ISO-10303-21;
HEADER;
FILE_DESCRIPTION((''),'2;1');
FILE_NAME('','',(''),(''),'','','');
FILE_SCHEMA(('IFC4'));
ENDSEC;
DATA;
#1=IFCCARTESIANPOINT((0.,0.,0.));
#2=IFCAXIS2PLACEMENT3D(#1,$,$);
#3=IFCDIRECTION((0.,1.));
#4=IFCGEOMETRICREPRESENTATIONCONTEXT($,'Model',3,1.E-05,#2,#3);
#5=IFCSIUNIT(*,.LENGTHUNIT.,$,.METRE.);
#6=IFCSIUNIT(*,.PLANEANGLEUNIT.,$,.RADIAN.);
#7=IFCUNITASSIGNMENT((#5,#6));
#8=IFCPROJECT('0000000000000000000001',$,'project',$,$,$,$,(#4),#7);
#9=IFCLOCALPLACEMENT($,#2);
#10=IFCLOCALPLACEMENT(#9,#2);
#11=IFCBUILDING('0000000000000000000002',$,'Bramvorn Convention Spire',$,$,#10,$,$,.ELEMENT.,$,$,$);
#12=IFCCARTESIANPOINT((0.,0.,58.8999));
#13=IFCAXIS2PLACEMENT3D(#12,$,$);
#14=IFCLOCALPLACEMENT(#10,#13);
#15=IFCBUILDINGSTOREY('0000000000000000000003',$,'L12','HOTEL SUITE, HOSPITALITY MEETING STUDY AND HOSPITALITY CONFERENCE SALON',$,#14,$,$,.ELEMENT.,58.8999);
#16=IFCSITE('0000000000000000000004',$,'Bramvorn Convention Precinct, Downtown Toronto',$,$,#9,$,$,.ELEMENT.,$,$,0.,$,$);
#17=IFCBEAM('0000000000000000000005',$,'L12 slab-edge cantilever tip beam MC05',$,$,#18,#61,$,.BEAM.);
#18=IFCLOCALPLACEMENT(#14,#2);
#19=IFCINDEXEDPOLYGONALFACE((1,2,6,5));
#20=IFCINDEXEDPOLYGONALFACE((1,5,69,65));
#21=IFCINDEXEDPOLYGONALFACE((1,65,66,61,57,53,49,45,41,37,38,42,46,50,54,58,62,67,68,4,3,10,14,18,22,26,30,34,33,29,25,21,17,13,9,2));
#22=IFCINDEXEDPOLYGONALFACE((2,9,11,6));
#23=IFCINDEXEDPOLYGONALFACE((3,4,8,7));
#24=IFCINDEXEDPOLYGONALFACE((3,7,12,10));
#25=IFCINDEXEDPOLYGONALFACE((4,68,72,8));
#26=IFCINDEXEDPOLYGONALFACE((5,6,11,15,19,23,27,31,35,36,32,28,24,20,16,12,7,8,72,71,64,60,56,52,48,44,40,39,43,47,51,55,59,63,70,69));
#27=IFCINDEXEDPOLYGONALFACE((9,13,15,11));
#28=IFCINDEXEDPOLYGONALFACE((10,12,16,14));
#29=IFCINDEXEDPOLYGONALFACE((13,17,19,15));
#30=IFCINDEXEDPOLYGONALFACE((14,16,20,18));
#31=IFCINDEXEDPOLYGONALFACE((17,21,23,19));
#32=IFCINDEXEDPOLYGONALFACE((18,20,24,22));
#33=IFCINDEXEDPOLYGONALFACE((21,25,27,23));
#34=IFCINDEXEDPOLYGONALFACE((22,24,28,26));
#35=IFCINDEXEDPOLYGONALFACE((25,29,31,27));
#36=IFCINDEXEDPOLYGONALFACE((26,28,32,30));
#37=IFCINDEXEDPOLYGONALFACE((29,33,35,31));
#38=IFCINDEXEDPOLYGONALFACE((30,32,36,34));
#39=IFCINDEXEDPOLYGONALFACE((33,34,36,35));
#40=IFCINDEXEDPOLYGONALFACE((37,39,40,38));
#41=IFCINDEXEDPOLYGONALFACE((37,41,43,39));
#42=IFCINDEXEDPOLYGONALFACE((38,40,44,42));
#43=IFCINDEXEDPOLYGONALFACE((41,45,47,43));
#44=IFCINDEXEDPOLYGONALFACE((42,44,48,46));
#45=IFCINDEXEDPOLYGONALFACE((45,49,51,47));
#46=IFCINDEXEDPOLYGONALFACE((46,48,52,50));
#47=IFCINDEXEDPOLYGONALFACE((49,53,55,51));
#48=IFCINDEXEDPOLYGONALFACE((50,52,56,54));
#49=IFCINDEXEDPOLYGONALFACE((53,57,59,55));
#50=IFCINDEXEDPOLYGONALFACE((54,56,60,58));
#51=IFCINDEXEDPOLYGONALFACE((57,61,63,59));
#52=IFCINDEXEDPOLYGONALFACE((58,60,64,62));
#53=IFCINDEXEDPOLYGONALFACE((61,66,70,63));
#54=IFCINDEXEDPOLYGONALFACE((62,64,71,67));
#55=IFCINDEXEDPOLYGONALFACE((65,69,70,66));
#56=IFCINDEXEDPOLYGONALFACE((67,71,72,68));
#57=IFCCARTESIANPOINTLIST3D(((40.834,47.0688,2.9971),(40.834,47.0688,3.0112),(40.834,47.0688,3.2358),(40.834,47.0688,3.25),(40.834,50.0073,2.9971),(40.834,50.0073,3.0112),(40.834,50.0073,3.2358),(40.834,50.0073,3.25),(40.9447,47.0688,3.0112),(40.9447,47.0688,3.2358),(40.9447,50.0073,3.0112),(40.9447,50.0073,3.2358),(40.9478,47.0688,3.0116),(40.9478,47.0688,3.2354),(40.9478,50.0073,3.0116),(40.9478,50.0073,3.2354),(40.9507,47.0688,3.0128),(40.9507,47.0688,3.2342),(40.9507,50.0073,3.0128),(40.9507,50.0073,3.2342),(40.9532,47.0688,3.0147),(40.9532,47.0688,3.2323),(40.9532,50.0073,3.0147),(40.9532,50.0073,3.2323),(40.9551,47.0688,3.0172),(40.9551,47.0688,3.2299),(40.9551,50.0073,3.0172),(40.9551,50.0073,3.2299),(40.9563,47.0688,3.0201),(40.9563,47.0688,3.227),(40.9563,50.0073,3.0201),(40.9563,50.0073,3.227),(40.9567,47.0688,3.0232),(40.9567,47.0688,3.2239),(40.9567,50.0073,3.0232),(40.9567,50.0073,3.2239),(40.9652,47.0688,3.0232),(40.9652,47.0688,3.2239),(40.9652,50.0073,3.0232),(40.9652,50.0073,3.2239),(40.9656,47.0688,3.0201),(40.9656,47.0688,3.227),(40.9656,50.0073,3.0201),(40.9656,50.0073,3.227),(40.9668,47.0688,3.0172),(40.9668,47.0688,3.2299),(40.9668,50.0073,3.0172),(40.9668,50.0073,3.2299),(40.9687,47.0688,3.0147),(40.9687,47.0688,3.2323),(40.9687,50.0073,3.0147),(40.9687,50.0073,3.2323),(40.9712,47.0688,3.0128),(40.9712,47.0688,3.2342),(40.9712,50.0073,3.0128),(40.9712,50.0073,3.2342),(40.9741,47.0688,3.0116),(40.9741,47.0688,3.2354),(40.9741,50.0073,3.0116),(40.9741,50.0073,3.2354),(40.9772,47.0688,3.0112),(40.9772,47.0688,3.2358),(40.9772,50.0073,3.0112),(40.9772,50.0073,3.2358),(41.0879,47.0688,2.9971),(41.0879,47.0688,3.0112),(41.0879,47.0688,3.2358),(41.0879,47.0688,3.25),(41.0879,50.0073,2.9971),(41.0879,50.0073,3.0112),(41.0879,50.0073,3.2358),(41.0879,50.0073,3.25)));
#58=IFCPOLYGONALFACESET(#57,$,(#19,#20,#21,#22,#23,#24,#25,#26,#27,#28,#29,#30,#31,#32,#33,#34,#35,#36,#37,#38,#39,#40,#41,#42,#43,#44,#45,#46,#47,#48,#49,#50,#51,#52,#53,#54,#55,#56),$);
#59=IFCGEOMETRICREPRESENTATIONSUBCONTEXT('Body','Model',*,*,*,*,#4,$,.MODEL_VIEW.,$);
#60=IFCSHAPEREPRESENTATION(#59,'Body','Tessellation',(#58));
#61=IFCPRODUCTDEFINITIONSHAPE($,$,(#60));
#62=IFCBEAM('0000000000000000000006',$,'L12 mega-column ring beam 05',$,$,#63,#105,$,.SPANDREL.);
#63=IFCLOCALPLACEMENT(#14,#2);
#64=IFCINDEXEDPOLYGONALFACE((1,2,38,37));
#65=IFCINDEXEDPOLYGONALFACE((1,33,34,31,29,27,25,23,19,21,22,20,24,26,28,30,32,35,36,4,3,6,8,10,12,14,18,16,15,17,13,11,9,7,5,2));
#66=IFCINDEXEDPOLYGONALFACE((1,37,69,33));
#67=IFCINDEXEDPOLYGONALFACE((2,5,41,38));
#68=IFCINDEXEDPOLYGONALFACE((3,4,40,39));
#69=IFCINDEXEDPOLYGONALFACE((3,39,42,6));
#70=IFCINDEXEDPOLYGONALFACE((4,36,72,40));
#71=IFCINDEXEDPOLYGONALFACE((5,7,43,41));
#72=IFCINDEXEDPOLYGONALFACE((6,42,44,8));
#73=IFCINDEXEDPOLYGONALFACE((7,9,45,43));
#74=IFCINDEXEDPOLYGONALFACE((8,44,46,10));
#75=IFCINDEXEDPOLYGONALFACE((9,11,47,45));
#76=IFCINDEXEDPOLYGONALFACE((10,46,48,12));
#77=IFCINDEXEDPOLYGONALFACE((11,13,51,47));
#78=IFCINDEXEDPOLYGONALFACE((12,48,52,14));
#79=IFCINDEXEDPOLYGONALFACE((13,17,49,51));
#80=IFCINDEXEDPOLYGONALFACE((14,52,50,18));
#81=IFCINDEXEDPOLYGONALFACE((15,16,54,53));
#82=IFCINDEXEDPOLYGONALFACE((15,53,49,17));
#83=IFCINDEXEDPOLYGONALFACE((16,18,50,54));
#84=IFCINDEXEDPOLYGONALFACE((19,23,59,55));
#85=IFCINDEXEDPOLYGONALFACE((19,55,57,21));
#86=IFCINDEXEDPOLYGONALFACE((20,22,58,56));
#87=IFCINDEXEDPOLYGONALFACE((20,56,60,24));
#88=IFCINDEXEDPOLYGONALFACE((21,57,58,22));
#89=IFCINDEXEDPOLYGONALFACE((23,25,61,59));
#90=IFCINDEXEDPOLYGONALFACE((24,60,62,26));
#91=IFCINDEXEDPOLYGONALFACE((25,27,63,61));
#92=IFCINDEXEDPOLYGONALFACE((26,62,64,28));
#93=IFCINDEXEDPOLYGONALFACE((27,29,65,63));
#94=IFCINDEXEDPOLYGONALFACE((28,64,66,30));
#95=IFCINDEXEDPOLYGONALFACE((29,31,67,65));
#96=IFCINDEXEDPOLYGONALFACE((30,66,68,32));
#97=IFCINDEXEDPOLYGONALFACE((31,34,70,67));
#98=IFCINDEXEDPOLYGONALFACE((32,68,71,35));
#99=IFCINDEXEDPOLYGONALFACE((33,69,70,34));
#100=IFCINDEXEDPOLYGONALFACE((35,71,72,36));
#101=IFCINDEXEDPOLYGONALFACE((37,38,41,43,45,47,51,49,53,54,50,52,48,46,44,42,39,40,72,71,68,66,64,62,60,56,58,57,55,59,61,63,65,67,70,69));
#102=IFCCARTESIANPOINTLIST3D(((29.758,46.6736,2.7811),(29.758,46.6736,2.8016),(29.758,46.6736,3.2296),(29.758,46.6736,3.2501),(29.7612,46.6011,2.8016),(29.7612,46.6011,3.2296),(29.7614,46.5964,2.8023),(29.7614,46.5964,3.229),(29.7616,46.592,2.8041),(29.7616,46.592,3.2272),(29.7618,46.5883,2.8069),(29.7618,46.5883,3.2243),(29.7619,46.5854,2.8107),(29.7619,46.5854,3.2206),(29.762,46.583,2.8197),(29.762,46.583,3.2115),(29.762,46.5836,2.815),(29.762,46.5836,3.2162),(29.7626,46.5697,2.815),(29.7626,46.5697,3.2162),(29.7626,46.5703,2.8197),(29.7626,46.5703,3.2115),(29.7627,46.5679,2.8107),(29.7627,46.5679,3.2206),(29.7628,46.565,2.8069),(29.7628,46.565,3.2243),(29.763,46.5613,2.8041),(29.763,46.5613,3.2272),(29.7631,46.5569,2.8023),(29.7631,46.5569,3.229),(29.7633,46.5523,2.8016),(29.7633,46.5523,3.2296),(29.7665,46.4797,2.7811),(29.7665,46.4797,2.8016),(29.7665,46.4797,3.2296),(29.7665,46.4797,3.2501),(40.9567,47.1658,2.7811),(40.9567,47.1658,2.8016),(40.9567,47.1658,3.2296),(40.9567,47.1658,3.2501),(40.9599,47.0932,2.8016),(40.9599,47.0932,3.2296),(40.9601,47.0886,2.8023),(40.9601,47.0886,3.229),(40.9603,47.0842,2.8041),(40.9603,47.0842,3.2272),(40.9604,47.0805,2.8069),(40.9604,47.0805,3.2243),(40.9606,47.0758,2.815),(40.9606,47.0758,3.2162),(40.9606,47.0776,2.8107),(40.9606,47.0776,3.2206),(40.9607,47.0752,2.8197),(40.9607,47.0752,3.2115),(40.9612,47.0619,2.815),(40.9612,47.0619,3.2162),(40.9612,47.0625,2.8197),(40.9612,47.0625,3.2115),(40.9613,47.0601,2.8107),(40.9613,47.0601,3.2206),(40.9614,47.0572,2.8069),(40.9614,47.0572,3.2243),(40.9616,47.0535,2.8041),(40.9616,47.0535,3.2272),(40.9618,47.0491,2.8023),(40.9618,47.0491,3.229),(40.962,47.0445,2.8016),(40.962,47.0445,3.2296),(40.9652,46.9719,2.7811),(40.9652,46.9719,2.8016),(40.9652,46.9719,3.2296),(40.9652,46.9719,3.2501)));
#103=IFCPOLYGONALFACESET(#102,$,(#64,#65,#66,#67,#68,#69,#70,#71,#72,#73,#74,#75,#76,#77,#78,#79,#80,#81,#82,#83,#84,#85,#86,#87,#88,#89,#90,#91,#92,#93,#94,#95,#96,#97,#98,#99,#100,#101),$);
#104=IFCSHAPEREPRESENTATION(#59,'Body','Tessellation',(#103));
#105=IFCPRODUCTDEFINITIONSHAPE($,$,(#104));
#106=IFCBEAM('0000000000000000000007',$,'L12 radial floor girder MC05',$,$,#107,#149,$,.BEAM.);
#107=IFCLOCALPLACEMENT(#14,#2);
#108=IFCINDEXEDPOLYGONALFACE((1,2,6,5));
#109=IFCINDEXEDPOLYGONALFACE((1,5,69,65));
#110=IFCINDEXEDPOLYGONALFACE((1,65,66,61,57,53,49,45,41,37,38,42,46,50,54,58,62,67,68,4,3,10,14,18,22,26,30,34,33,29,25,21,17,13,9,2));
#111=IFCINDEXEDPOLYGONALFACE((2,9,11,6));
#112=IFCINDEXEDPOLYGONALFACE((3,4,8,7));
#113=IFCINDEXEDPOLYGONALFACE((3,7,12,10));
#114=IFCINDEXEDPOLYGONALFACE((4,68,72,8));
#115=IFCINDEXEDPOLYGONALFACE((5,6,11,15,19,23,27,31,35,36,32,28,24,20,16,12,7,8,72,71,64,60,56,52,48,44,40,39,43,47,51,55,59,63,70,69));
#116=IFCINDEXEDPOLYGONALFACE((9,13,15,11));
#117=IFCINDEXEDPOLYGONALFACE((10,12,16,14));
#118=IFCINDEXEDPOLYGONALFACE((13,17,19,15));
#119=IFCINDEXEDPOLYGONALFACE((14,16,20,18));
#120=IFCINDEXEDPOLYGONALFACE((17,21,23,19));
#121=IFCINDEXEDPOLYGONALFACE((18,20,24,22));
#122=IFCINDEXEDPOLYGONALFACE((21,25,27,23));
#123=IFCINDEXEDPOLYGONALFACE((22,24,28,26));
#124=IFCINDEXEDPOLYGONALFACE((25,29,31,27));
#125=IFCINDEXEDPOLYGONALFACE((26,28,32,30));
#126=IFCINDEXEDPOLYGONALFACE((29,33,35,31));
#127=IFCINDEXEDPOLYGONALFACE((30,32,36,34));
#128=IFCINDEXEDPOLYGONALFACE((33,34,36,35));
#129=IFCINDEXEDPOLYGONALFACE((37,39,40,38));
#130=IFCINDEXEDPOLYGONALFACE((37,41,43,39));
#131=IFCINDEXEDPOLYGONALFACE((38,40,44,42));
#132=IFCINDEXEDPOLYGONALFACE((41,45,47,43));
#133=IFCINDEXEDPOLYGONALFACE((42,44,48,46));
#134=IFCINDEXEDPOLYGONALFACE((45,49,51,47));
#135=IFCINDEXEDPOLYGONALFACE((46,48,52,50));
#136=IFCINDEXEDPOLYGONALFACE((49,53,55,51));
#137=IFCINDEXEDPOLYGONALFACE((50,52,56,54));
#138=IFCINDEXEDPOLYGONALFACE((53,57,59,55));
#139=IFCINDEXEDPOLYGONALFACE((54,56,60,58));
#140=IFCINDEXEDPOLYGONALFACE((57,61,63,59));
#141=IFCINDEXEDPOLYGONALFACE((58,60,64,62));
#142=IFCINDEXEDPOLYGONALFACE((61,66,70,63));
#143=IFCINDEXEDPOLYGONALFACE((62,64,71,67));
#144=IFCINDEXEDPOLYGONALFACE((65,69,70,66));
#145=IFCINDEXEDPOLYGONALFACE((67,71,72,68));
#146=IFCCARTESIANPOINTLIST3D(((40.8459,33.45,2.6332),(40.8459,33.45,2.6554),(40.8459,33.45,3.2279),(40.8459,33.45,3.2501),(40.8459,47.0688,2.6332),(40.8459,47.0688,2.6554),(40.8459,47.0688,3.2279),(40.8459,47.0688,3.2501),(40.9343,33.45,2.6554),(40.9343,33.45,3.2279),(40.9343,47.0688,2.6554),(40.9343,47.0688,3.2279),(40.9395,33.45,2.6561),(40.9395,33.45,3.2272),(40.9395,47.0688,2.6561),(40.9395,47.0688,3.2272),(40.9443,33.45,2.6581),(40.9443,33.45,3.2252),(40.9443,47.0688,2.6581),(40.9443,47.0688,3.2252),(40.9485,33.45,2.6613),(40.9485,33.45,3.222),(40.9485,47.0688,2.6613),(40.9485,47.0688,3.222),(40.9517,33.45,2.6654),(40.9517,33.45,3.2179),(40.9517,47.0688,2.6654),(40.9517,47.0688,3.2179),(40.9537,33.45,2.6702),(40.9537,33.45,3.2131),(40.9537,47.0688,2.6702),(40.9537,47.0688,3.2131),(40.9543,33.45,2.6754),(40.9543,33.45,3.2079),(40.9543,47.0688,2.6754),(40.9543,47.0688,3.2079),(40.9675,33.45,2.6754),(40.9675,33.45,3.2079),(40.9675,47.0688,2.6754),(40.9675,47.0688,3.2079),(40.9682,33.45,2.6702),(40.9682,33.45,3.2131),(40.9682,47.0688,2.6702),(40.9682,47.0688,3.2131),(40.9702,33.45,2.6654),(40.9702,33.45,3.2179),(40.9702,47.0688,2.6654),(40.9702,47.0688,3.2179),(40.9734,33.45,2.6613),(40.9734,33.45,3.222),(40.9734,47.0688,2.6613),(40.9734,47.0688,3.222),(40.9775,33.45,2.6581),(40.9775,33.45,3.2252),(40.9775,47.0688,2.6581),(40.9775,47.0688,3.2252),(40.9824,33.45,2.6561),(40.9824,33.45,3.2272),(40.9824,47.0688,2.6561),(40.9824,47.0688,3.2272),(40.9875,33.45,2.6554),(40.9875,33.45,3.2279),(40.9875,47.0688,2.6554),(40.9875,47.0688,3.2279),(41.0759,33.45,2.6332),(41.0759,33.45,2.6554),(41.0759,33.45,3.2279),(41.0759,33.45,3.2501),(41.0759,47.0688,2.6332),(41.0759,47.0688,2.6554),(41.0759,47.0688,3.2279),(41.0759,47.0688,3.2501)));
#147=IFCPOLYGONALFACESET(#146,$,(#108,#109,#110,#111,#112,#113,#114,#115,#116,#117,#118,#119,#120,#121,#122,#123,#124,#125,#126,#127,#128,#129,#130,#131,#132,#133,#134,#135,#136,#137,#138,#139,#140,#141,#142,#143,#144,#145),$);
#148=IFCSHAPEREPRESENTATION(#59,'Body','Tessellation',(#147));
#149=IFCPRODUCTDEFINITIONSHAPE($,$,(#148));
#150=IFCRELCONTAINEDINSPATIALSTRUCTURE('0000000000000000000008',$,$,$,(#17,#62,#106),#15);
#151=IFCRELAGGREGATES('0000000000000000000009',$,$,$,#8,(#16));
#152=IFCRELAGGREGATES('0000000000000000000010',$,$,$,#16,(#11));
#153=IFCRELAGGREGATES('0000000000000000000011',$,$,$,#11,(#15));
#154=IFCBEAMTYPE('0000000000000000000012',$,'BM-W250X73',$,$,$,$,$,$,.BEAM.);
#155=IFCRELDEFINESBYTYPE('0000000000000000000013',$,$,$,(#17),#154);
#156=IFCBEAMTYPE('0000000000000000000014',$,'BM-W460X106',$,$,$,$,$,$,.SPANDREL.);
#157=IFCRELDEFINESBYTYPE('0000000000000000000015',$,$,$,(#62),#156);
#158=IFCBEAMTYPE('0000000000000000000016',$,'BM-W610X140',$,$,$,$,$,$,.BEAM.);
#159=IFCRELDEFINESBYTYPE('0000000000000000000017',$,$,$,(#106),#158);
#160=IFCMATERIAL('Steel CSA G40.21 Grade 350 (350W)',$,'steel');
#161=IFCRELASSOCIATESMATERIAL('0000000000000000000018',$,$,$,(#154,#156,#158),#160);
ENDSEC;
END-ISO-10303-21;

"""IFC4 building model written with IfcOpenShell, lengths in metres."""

from ifc_helpers import new_model, si_unit, direction, frame, origin, origin_2d, place, context, subcontext, project, spatial, i_section, extrude, material, material_profile, profile_set, type_object, element, save


model = new_model("IFC4")

# Units and contexts
model_context = context("Model", 3, precision=1e-05, world=origin(), true_north=direction((0.0, 1.0)))
body_context = subcontext(model_context, "Body", "Model", "MODEL_VIEW")
ifc_project = project(units=[si_unit("LENGTHUNIT", "METRE"), si_unit("PLANEANGLEUNIT", "RADIAN")], contexts=[model_context])

# Site, building, storey
site_placement = place(None, origin())
site = spatial("IfcSite", under=ifc_project, at=site_placement, Name="Bramvorn Convention Precinct, Downtown Toronto", CompositionType="ELEMENT", RefElevation=0.0)
building_placement = place(site_placement, origin())
building = spatial("IfcBuilding", under=site, at=building_placement, Name="Bramvorn Convention Spire", CompositionType="ELEMENT")
storey_placement = place(building_placement, frame((0.0, 0.0, 58.8999)))
storey = spatial("IfcBuildingStorey", under=building, at=storey_placement, Name="L12", Description="HOTEL SUITE, HOSPITALITY MEETING STUDY AND HOSPITALITY CONFERENCE SALON", CompositionType="ELEMENT", Elevation=58.8999)

# Shared definitions
ifc_material_1 = material(Name="Steel CSA G40.21 Grade 350 (350W)", Category="steel")

# Beams
ifc_material_profile_1 = material_profile(ifc_material_1, i_section(OverallWidth=0.2539, OverallDepth=0.2529, WebThickness=0.0085, FlangeThickness=0.0142, FilletRadius=0.012, at=origin_2d()))
ifc_profile_set_1 = profile_set([ifc_material_profile_1], Name="Steel CSA G40.21 Grade 350 (350W) - W250X73")
beam_type_1 = type_object("IfcBeamType", Name="BM-W250X73", PredefinedType="BEAM", material=ifc_profile_set_1)
beam_1_placement = place(storey_placement, frame((40.9609, 47.0688, 3.1235), z_axis=(0.0, 1.0, 0.0), x_axis=(-1.0, 0.0, 0.0)))
element("IfcBeam", 1, at=beam_1_placement, inside=storey, type_object=beam_type_1, Name="L12 slab-edge cantilever tip beam MC05", PredefinedType="BEAM", context=body_context, shape_type="SweptSolid", body=[
    extrude(i_section(OverallWidth=0.2539, OverallDepth=0.2529, WebThickness=0.0085, FlangeThickness=0.0142, FilletRadius=0.012, at=origin_2d()), origin(), (0.0, 0.0, 1.0), 2.9385),
])
ifc_material_profile_2 = material_profile(ifc_material_1, i_section(OverallWidth=0.1941, OverallDepth=0.469, WebThickness=0.0127, FlangeThickness=0.0205, FilletRadius=0.0181, at=origin_2d()))
ifc_profile_set_2 = profile_set([ifc_material_profile_2], Name="Steel CSA G40.21 Grade 350 (350W) - W460X106")
beam_type_2 = type_object("IfcBeamType", Name="BM-W460X106", PredefinedType="SPANDREL", material=ifc_profile_set_2)
beam_2_placement = place(storey_placement, frame((40.9609, 47.0688, 3.0156), z_axis=(-0.999036, -0.043908, 0.0), x_axis=(0.043908, -0.999036, 0.0)))
element("IfcBeam", 2, at=beam_2_placement, inside=storey, type_object=beam_type_2, Name="L12 mega-column ring beam 05", PredefinedType="SPANDREL", context=body_context, shape_type="SweptSolid", body=[
    extrude(i_section(OverallWidth=0.1941, OverallDepth=0.469, WebThickness=0.0127, FlangeThickness=0.0205, FilletRadius=0.0181, at=origin_2d()), origin(), (0.0, 0.0, 1.0), 11.2095),
])
ifc_material_profile_3 = material_profile(ifc_material_1, i_section(OverallWidth=0.23, OverallDepth=0.6169, WebThickness=0.0132, FlangeThickness=0.0222, FilletRadius=0.02, at=origin_2d()))
ifc_profile_set_3 = profile_set([ifc_material_profile_3], Name="Steel CSA G40.21 Grade 350 (350W) - W610X140")
beam_type_3 = type_object("IfcBeamType", Name="BM-W610X140", PredefinedType="BEAM", material=ifc_profile_set_3)
beam_3_placement = place(storey_placement, frame((40.9609, 33.45, 2.9417), z_axis=(0.0, 1.0, 0.0), x_axis=(-1.0, 0.0, 0.0)))
element("IfcBeam", 3, at=beam_3_placement, inside=storey, type_object=beam_type_3, Name="L12 radial floor girder MC05", PredefinedType="BEAM", context=body_context, shape_type="SweptSolid", body=[
    extrude(i_section(OverallWidth=0.23, OverallDepth=0.6169, WebThickness=0.0132, FlangeThickness=0.0222, FilletRadius=0.02, at=origin_2d()), origin(), (0.0, 0.0, 1.0), 13.6189),
])

save(model, "model.ifc")
